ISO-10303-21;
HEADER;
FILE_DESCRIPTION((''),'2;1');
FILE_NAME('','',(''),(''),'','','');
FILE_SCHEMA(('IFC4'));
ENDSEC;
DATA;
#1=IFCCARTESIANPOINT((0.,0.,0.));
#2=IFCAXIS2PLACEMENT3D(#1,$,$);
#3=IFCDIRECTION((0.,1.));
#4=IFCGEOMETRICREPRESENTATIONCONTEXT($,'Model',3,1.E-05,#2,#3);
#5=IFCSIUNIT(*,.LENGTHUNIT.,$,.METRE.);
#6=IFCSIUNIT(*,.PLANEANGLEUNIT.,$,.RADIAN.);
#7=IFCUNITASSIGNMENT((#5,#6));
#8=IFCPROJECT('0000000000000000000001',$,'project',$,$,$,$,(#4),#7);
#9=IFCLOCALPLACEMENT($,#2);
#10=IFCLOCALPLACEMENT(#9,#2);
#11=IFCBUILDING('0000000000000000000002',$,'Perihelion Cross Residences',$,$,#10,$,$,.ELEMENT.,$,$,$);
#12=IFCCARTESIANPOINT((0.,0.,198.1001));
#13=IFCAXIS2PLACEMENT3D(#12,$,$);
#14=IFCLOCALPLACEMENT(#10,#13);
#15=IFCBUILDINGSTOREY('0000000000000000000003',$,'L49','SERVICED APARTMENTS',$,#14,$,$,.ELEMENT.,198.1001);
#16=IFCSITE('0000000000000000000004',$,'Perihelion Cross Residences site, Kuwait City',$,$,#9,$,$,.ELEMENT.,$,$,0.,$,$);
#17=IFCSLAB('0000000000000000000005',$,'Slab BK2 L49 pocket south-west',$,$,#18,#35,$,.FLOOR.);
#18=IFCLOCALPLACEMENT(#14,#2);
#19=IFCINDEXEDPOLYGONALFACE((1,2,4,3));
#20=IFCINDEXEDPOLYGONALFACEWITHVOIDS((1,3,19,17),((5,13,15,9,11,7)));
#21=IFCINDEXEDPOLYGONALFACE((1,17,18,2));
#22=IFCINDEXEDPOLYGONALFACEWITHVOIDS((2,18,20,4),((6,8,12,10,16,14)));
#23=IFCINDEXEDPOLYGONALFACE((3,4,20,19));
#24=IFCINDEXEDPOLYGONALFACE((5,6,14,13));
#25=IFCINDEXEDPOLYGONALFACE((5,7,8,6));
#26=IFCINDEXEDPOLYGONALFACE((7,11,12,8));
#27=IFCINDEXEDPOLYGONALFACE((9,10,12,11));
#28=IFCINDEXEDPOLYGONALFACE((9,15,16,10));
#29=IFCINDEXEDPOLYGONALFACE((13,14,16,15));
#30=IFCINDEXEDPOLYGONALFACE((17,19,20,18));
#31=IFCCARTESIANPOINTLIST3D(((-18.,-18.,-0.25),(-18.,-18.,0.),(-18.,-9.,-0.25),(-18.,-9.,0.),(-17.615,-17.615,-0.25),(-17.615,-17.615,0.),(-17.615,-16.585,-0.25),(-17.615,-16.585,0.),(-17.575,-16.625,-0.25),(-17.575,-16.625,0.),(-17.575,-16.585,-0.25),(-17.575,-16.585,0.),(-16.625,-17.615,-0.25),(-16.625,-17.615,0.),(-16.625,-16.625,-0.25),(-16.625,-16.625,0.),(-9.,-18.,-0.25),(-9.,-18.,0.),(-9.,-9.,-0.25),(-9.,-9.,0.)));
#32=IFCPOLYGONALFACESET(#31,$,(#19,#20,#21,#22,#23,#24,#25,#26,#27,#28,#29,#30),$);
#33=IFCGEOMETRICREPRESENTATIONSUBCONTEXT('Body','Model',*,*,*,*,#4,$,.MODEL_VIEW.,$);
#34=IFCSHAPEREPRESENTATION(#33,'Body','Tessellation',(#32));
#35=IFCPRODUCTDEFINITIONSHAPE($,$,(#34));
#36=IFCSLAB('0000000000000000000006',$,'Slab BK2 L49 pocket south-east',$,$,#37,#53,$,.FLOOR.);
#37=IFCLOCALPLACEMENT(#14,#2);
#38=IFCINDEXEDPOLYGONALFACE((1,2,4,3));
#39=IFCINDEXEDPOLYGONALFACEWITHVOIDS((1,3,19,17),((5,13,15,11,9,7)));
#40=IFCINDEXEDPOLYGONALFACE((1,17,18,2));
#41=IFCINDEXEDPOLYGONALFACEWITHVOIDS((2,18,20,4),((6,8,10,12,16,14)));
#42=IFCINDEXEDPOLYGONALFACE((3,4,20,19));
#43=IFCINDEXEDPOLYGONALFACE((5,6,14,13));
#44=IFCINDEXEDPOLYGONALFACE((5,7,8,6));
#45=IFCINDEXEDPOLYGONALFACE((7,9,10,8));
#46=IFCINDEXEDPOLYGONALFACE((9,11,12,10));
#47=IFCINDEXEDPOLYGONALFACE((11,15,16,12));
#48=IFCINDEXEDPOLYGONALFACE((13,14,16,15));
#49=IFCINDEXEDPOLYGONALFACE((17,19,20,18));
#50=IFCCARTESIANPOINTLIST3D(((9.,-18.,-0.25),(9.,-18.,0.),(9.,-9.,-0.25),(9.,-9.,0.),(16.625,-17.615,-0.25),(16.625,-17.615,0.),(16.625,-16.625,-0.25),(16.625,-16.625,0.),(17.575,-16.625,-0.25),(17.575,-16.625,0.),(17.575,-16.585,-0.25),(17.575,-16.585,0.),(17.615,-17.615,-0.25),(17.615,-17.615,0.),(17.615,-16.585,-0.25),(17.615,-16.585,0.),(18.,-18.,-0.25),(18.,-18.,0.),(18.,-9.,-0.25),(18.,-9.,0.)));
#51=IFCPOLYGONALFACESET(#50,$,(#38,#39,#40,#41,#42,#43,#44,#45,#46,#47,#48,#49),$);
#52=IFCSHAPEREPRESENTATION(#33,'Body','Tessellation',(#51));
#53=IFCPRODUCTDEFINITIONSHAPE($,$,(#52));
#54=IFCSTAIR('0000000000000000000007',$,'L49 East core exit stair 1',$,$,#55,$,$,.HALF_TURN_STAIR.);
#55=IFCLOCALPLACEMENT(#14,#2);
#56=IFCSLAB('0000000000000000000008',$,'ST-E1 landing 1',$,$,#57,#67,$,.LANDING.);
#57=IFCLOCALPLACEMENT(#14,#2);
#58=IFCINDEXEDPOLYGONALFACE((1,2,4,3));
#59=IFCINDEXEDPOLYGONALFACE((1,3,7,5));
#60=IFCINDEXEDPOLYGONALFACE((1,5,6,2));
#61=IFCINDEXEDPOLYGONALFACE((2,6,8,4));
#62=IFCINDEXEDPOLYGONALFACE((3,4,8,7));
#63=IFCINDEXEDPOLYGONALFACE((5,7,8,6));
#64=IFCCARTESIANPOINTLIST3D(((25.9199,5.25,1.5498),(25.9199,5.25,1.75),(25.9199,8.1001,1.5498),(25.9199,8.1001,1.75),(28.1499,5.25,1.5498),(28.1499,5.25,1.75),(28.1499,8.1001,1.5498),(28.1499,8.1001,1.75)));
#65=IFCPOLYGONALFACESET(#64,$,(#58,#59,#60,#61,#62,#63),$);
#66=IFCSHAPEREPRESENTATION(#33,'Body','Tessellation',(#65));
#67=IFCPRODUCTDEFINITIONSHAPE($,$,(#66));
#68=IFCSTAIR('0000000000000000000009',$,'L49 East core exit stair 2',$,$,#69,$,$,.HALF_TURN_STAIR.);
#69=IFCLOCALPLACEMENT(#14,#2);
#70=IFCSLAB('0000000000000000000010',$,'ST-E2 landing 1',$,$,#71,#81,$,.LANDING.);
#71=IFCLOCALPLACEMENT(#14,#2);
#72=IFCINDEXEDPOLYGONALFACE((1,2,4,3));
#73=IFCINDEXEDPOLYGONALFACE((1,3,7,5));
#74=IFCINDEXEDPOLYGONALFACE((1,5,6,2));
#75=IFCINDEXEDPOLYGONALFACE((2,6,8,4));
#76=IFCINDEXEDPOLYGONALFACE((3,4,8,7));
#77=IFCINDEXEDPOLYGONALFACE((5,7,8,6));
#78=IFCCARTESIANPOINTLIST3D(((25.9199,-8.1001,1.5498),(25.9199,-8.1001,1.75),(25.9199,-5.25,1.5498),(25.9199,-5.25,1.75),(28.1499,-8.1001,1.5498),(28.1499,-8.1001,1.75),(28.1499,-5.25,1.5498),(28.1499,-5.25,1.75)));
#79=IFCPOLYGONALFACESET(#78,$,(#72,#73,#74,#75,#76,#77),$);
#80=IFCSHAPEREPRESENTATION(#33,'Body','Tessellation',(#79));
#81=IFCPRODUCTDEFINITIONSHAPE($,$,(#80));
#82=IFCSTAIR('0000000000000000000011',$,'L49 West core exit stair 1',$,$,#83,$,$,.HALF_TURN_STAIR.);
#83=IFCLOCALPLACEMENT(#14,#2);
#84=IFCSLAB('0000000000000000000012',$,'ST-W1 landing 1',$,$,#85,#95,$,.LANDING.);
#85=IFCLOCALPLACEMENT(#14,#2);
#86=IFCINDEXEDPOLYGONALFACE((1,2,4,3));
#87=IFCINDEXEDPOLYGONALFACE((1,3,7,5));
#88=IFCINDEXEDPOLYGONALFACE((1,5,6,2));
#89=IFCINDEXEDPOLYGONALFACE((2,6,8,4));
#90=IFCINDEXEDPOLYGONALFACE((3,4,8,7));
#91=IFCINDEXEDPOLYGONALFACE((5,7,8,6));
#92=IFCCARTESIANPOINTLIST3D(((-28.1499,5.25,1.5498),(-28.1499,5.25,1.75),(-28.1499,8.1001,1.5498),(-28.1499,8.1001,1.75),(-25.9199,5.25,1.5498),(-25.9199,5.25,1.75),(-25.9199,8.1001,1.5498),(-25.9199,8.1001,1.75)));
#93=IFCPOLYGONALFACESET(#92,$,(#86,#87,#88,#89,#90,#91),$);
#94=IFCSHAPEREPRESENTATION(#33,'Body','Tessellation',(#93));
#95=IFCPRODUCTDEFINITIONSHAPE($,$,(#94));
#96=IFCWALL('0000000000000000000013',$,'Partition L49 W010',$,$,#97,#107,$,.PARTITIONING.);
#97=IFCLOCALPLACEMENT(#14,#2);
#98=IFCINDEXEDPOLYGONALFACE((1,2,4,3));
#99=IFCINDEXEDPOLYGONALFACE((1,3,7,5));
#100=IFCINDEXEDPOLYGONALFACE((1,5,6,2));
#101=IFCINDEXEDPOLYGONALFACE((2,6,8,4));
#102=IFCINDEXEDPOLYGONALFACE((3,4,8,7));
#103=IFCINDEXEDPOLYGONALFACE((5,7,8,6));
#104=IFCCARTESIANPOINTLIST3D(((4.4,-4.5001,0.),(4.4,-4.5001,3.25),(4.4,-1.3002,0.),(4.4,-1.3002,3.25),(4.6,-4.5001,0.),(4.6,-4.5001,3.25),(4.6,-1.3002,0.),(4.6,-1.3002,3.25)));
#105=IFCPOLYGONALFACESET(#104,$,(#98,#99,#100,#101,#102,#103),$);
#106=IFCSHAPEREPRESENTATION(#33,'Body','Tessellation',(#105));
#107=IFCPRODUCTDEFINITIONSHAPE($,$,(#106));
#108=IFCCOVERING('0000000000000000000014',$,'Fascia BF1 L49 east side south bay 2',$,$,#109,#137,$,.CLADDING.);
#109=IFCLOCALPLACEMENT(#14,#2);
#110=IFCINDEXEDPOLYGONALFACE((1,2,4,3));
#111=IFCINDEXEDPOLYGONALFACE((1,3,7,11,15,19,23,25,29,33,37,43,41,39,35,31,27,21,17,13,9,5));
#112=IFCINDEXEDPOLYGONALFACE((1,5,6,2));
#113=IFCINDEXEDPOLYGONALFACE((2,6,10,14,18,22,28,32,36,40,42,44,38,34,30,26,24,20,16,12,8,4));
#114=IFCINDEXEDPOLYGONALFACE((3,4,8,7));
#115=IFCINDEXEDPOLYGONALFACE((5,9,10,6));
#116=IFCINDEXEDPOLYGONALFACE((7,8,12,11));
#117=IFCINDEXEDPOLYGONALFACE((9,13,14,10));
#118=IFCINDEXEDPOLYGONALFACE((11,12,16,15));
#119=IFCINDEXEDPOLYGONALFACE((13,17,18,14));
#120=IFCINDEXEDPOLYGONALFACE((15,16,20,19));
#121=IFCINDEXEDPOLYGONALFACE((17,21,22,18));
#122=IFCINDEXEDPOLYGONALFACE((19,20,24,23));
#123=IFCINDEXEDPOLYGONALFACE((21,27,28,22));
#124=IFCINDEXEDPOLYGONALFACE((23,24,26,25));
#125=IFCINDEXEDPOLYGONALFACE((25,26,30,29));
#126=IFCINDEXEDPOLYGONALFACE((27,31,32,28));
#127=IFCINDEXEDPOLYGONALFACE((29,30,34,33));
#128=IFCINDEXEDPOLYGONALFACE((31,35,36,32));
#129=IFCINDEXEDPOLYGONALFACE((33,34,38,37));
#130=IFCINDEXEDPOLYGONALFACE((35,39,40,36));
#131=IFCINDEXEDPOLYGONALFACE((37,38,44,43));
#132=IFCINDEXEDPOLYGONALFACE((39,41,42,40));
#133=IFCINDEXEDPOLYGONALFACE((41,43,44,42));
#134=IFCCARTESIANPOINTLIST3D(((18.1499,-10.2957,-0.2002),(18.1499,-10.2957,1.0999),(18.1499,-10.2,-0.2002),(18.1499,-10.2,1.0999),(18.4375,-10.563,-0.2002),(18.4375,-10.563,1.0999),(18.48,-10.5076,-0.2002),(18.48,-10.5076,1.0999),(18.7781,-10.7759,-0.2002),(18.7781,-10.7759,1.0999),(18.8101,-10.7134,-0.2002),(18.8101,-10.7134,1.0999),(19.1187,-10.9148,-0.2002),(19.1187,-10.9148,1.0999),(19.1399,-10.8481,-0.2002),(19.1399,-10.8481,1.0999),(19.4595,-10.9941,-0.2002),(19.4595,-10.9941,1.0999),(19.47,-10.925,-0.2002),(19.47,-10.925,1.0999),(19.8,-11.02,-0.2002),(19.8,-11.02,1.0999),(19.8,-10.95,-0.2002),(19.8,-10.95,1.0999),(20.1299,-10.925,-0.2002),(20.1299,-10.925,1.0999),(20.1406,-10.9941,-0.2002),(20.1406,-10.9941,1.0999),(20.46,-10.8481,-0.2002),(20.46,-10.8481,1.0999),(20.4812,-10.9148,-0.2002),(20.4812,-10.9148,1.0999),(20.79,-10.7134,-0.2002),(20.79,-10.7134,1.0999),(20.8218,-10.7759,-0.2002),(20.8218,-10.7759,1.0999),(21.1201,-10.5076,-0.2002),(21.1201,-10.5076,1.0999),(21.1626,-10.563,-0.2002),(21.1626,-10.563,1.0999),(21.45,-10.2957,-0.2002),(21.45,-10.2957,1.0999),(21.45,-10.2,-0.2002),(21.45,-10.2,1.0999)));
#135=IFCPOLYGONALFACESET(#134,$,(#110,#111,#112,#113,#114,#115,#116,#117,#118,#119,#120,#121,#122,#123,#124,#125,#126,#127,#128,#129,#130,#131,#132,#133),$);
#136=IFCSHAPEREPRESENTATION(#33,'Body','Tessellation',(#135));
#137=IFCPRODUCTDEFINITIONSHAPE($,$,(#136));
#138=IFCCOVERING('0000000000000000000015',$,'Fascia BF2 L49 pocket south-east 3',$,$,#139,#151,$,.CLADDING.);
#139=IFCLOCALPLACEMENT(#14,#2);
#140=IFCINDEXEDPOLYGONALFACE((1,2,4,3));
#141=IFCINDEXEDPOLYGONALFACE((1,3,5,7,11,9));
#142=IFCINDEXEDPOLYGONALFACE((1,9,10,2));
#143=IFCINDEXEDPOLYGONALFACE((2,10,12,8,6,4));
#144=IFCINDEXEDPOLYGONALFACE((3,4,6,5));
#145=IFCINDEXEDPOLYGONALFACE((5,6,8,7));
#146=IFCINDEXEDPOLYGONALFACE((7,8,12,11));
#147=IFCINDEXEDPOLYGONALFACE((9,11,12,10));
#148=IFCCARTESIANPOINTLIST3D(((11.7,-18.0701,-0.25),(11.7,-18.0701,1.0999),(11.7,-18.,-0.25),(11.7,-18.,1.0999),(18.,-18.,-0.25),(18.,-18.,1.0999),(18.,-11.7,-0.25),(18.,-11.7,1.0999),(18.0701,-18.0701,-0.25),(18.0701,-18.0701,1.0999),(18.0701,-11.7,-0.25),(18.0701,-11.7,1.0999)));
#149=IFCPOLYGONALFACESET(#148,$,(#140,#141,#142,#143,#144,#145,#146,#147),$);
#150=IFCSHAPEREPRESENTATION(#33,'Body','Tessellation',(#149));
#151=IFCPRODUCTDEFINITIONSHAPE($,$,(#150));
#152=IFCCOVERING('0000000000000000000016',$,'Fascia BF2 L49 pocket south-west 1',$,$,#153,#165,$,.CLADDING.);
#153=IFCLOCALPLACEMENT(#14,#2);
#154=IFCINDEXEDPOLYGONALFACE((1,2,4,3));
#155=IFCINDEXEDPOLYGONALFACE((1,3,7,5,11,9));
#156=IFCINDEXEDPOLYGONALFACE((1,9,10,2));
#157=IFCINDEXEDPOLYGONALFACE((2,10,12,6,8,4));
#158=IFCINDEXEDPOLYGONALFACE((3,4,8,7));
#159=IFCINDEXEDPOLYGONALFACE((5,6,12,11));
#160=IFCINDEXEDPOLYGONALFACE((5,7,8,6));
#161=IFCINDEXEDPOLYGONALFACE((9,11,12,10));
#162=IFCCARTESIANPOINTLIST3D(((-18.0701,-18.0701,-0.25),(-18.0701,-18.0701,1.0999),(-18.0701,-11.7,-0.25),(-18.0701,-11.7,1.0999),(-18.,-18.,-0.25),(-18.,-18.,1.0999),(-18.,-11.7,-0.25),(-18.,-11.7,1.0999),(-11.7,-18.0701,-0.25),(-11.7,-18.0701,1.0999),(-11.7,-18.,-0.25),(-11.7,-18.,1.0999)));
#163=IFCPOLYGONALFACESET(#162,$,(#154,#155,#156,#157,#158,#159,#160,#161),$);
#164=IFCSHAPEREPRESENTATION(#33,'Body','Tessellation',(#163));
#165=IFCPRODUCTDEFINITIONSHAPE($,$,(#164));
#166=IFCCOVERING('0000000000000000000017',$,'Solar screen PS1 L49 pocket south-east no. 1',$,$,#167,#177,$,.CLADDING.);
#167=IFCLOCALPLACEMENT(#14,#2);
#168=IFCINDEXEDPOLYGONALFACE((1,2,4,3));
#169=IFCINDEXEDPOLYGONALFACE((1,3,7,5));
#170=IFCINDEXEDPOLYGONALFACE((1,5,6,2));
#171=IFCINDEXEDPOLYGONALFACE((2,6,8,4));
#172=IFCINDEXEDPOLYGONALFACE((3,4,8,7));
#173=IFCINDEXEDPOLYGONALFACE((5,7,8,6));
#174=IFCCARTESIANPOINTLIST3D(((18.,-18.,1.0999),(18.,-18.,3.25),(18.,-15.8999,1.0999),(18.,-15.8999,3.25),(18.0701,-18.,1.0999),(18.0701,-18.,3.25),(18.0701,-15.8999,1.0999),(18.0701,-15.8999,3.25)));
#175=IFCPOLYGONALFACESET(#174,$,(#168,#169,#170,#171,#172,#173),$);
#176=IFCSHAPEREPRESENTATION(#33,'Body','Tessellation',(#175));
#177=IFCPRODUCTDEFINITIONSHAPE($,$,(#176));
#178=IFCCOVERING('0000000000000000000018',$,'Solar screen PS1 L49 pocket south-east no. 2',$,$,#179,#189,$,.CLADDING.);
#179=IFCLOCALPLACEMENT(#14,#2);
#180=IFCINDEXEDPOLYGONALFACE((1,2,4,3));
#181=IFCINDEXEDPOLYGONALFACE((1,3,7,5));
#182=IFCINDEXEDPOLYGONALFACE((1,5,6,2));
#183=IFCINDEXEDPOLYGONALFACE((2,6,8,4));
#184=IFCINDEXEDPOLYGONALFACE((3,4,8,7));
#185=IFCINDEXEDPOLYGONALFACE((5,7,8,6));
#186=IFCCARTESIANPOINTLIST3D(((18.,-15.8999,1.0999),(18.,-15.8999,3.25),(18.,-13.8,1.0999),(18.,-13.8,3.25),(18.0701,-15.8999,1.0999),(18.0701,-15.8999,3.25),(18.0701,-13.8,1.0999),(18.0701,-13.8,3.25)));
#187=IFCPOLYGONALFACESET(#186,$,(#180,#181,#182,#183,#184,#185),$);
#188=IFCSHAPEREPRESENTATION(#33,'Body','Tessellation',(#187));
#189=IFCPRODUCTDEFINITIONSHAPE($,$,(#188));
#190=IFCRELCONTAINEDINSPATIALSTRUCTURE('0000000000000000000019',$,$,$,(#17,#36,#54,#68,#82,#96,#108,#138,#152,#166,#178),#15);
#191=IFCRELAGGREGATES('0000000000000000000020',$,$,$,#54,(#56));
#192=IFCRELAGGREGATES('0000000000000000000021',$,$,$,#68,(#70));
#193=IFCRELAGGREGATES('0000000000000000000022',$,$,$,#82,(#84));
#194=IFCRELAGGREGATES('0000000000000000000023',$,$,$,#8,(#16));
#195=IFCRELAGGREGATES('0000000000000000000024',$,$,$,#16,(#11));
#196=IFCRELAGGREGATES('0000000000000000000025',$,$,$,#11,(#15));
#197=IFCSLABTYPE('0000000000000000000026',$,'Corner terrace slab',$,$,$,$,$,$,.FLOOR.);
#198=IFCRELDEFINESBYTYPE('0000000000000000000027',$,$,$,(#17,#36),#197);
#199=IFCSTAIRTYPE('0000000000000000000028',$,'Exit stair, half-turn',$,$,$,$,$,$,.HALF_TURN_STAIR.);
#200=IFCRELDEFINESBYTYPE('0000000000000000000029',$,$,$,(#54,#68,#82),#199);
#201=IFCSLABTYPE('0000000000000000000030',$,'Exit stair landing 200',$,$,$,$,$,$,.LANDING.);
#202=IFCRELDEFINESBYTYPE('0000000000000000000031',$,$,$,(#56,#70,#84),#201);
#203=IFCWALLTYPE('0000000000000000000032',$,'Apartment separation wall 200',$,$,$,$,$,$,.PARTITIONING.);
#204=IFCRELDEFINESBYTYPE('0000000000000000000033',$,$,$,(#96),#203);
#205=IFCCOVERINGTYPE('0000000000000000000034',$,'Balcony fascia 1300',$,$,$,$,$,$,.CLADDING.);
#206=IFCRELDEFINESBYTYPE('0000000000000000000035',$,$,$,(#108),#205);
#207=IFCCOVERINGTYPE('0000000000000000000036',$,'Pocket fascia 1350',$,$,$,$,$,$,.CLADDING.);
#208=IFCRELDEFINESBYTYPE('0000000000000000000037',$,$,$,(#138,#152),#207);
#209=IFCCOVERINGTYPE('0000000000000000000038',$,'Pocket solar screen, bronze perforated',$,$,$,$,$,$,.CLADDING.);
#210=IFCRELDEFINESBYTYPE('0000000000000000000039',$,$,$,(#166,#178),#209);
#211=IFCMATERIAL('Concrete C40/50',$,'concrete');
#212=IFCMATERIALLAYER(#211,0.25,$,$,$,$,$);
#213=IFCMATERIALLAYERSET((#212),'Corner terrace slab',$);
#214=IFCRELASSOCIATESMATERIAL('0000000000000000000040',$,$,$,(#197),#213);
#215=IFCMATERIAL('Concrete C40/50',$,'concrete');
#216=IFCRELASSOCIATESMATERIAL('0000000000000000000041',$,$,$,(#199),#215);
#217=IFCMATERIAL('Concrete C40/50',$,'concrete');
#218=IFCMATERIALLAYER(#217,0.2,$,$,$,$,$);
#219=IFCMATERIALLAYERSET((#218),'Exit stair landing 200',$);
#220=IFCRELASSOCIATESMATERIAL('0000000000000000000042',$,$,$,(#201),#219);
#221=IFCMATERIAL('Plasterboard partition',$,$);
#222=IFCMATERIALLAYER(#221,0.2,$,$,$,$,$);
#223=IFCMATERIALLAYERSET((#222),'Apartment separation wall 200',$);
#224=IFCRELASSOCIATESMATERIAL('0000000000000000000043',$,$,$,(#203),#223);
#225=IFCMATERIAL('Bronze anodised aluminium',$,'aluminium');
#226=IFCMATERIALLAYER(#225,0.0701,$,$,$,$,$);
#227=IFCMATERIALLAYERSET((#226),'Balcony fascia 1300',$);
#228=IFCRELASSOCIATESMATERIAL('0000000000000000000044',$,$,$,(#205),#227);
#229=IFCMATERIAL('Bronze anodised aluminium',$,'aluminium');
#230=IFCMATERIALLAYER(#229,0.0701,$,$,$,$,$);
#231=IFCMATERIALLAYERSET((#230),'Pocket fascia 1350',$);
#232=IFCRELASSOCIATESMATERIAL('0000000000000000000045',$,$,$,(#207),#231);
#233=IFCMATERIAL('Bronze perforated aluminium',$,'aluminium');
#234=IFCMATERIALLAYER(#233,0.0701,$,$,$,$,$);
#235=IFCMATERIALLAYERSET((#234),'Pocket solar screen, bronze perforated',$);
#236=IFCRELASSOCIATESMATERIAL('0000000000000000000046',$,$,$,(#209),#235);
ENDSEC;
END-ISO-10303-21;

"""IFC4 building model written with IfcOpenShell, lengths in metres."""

from ifc_helpers import new_model, si_unit, direction, frame, frame_2d, origin, place, context, subcontext, project, spatial, polyline, rectangle, outline, extrude, material, layer, layer_set, type_object, element, aggregate, save


model = new_model("IFC4")

# Units and contexts
model_context = context("Model", 3, precision=1e-05, world=origin(), true_north=direction((0.0, 1.0)))
body_context = subcontext(model_context, "Body", "Model", "MODEL_VIEW")
ifc_project = project(units=[si_unit("LENGTHUNIT", "METRE"), si_unit("PLANEANGLEUNIT", "RADIAN")], contexts=[model_context])

# Site, building, storey
site_placement = place(None, origin())
site = spatial("IfcSite", under=ifc_project, at=site_placement, Name="Perihelion Cross Residences site, Kuwait City", CompositionType="ELEMENT", RefElevation=0.0)
building_placement = place(site_placement, origin())
building = spatial("IfcBuilding", under=site, at=building_placement, Name="Perihelion Cross Residences", CompositionType="ELEMENT")
storey_placement = place(building_placement, frame((0.0, 0.0, 198.1001)))
storey = spatial("IfcBuildingStorey", under=building, at=storey_placement, Name="L49", Description="SERVICED APARTMENTS", CompositionType="ELEMENT", Elevation=198.1001)

# Slabs
ifc_material_1 = material(Name="Concrete C40/50", Category="concrete")
ifc_layer_1 = layer(ifc_material_1, 0.25)
ifc_layer_set_1 = layer_set([ifc_layer_1], Name="Corner terrace slab")
slab_type_1 = type_object("IfcSlabType", Name="Corner terrace slab", PredefinedType="FLOOR", material=ifc_layer_set_1)
slab_1_placement = place(storey_placement, frame((0.0, 0.0, -0.25)))
element("IfcSlab", 1, at=slab_1_placement, inside=storey, type_object=slab_type_1, Name="Slab BK2 L49 pocket south-west", PredefinedType="FLOOR", context=body_context, shape_type="SweptSolid", body=[
    extrude(outline(polyline([(-9.0, -18.0), (-9.0, -9.0), (-18.0, -9.0), (-18.0, -18.0), (-9.0, -18.0)]), holes=[polyline([(-16.625, -17.615), (-17.615, -17.615), (-17.615, -16.585), (-17.575, -16.585), (-17.575, -16.625), (-16.625, -16.625), (-16.625, -17.615)])]), origin(), (0.0, 0.0, 1.0), 0.25),
])
slab_2_placement = place(storey_placement, frame((0.0, 0.0, -0.25)))
element("IfcSlab", 2, at=slab_2_placement, inside=storey, type_object=slab_type_1, Name="Slab BK2 L49 pocket south-east", PredefinedType="FLOOR", context=body_context, shape_type="SweptSolid", body=[
    extrude(outline(polyline([(18.0, -18.0), (18.0, -9.0), (9.0, -9.0), (9.0, -18.0), (18.0, -18.0)]), holes=[polyline([(16.625, -17.615), (16.625, -16.625), (17.575, -16.625), (17.575, -16.585), (17.615, -16.585), (17.615, -17.615), (16.625, -17.615)])]), origin(), (0.0, 0.0, 1.0), 0.25),
])

# Stairs, slabs
ifc_material_2 = material(Name="Concrete C40/50", Category="concrete")
stair_type = type_object("IfcStairType", Name="Exit stair, half-turn", PredefinedType="HALF_TURN_STAIR", material=ifc_material_2)
stair_1_placement = place(storey_placement, origin())
stair_1 = element("IfcStair", 3, at=stair_1_placement, inside=storey, type_object=stair_type, Name="L49 East core exit stair 1", PredefinedType="HALF_TURN_STAIR")
ifc_material_3 = material(Name="Concrete C40/50", Category="concrete")
ifc_layer_2 = layer(ifc_material_3, 0.2)
ifc_layer_set_2 = layer_set([ifc_layer_2], Name="Exit stair landing 200")
slab_type_2 = type_object("IfcSlabType", Name="Exit stair landing 200", PredefinedType="LANDING", material=ifc_layer_set_2)
slab_3_placement = place(storey_placement, frame((0.0, 0.0, 1.5498)))
slab_3 = element("IfcSlab", 4, at=slab_3_placement, type_object=slab_type_2, Name="ST-E1 landing 1", PredefinedType="LANDING", context=body_context, shape_type="SweptSolid", body=[
    extrude(outline(polyline([(25.9199, 5.25), (28.1499, 5.25), (28.1499, 8.1001), (25.9199, 8.1001), (25.9199, 5.25)])), origin(), (0.0, 0.0, 1.0), 0.2002),
])
aggregate(stair_1, [slab_3])
stair_2_placement = place(storey_placement, origin())
stair_2 = element("IfcStair", 5, at=stair_2_placement, inside=storey, type_object=stair_type, Name="L49 East core exit stair 2", PredefinedType="HALF_TURN_STAIR")
slab_4_placement = place(storey_placement, frame((0.0, 0.0, 1.5498)))
slab_4 = element("IfcSlab", 6, at=slab_4_placement, type_object=slab_type_2, Name="ST-E2 landing 1", PredefinedType="LANDING", context=body_context, shape_type="SweptSolid", body=[
    extrude(outline(polyline([(25.9199, -8.1001), (28.1499, -8.1001), (28.1499, -5.25), (25.9199, -5.25), (25.9199, -8.1001)])), origin(), (0.0, 0.0, 1.0), 0.2002),
])
aggregate(stair_2, [slab_4])
stair_3_placement = place(storey_placement, origin())
stair_3 = element("IfcStair", 7, at=stair_3_placement, inside=storey, type_object=stair_type, Name="L49 West core exit stair 1", PredefinedType="HALF_TURN_STAIR")
slab_5_placement = place(storey_placement, frame((0.0, 0.0, 1.5498)))
slab_5 = element("IfcSlab", 8, at=slab_5_placement, type_object=slab_type_2, Name="ST-W1 landing 1", PredefinedType="LANDING", context=body_context, shape_type="SweptSolid", body=[
    extrude(outline(polyline([(-25.9199, 8.1001), (-28.1499, 8.1001), (-28.1499, 5.25), (-25.9199, 5.25), (-25.9199, 8.1001)])), origin(), (0.0, 0.0, 1.0), 0.2002),
])
aggregate(stair_3, [slab_5])

# Wall
ifc_material_4 = material(Name="Plasterboard partition")
ifc_layer_3 = layer(ifc_material_4, 0.2)
ifc_layer_set_3 = layer_set([ifc_layer_3], Name="Apartment separation wall 200")
wall_type = type_object("IfcWallType", Name="Apartment separation wall 200", PredefinedType="PARTITIONING", material=ifc_layer_set_3)
wall_placement = place(storey_placement, frame((4.5, -1.3, 0.0), z_axis=(0.0, 0.0, 1.0), x_axis=(0.0, -1.0, 0.0)))
element("IfcWall", 9, at=wall_placement, inside=storey, type_object=wall_type, Name="Partition L49 W010", PredefinedType="PARTITIONING", context=body_context, shape_type="SweptSolid", body=[
    extrude(rectangle(XDim=3.2, YDim=0.2, at=frame_2d((1.6001, 0.0))), origin(), (0.0, 0.0, 1.0), 3.25),
])

# Coverings
ifc_material_5 = material(Name="Bronze anodised aluminium", Category="aluminium")
ifc_layer_4 = layer(ifc_material_5, 0.0701)
ifc_layer_set_4 = layer_set([ifc_layer_4], Name="Balcony fascia 1300")
covering_type_1 = type_object("IfcCoveringType", Name="Balcony fascia 1300", PredefinedType="CLADDING", material=ifc_layer_set_4)
covering_1_placement = place(storey_placement, frame((0.0, 0.0, -0.2002)))
element("IfcCovering", 10, at=covering_1_placement, inside=storey, type_object=covering_type_1, Name="Fascia BF1 L49 east side south bay 2", PredefinedType="CLADDING", context=body_context, shape_type="SweptSolid", body=[
    extrude(outline(polyline([(18.4375, -10.563), (18.7781, -10.7759), (19.1187, -10.9148), (19.4595, -10.9941), (19.8, -11.02), (20.1406, -10.9941), (20.4812, -10.9148), (20.8218, -10.7759), (21.1626, -10.563), (21.45, -10.2957), (21.45, -10.2), (21.1201, -10.5076), (20.79, -10.7134), (20.46, -10.8481), (20.1299, -10.925), (19.8, -10.95), (19.47, -10.925), (19.1399, -10.8481), (18.8101, -10.7134), (18.48, -10.5076), (18.1499, -10.2), (18.1499, -10.2957), (18.4375, -10.563)])), origin(), (0.0, 0.0, 1.0), 1.3),
])
ifc_material_6 = material(Name="Bronze anodised aluminium", Category="aluminium")
ifc_layer_5 = layer(ifc_material_6, 0.0701)
ifc_layer_set_5 = layer_set([ifc_layer_5], Name="Pocket fascia 1350")
covering_type_2 = type_object("IfcCoveringType", Name="Pocket fascia 1350", PredefinedType="CLADDING", material=ifc_layer_set_5)
covering_2_placement = place(storey_placement, frame((0.0, 0.0, -0.25)))
element("IfcCovering", 11, at=covering_2_placement, inside=storey, type_object=covering_type_2, Name="Fascia BF2 L49 pocket south-east 3", PredefinedType="CLADDING", context=body_context, shape_type="SweptSolid", body=[
    extrude(outline(polyline([(18.0701, -18.0701), (18.0701, -11.7), (18.0, -11.7), (18.0, -18.0), (11.7, -18.0), (11.7, -18.0701), (18.0701, -18.0701)])), origin(), (0.0, 0.0, 1.0), 1.3499),
])
covering_3_placement = place(storey_placement, frame((0.0, 0.0, -0.25)))
element("IfcCovering", 12, at=covering_3_placement, inside=storey, type_object=covering_type_2, Name="Fascia BF2 L49 pocket south-west 1", PredefinedType="CLADDING", context=body_context, shape_type="SweptSolid", body=[
    extrude(outline(polyline([(-18.0701, -11.7), (-18.0701, -18.0701), (-11.7, -18.0701), (-11.7, -18.0), (-18.0, -18.0), (-18.0, -11.7), (-18.0701, -11.7)])), origin(), (0.0, 0.0, 1.0), 1.3499),
])
ifc_material_7 = material(Name="Bronze perforated aluminium", Category="aluminium")
ifc_layer_6 = layer(ifc_material_7, 0.0701)
ifc_layer_set_6 = layer_set([ifc_layer_6], Name="Pocket solar screen, bronze perforated")
covering_type_3 = type_object("IfcCoveringType", Name="Pocket solar screen, bronze perforated", PredefinedType="CLADDING", material=ifc_layer_set_6)
covering_4_placement = place(storey_placement, frame((0.0, 0.0, 1.0999)))
element("IfcCovering", 13, at=covering_4_placement, inside=storey, type_object=covering_type_3, Name="Solar screen PS1 L49 pocket south-east no. 1", PredefinedType="CLADDING", context=body_context, shape_type="SweptSolid", body=[
    extrude(outline(polyline([(18.0701, -18.0), (18.0701, -15.8999), (18.0, -15.8999), (18.0, -18.0), (18.0701, -18.0)])), origin(), (0.0, 0.0, 1.0), 2.1501),
])
covering_5_placement = place(storey_placement, frame((0.0, 0.0, 1.0999)))
element("IfcCovering", 14, at=covering_5_placement, inside=storey, type_object=covering_type_3, Name="Solar screen PS1 L49 pocket south-east no. 2", PredefinedType="CLADDING", context=body_context, shape_type="SweptSolid", body=[
    extrude(outline(polyline([(18.0701, -15.8999), (18.0701, -13.8), (18.0, -13.8), (18.0, -15.8999), (18.0701, -15.8999)])), origin(), (0.0, 0.0, 1.0), 2.1501),
])

save(model, "model.ifc")
